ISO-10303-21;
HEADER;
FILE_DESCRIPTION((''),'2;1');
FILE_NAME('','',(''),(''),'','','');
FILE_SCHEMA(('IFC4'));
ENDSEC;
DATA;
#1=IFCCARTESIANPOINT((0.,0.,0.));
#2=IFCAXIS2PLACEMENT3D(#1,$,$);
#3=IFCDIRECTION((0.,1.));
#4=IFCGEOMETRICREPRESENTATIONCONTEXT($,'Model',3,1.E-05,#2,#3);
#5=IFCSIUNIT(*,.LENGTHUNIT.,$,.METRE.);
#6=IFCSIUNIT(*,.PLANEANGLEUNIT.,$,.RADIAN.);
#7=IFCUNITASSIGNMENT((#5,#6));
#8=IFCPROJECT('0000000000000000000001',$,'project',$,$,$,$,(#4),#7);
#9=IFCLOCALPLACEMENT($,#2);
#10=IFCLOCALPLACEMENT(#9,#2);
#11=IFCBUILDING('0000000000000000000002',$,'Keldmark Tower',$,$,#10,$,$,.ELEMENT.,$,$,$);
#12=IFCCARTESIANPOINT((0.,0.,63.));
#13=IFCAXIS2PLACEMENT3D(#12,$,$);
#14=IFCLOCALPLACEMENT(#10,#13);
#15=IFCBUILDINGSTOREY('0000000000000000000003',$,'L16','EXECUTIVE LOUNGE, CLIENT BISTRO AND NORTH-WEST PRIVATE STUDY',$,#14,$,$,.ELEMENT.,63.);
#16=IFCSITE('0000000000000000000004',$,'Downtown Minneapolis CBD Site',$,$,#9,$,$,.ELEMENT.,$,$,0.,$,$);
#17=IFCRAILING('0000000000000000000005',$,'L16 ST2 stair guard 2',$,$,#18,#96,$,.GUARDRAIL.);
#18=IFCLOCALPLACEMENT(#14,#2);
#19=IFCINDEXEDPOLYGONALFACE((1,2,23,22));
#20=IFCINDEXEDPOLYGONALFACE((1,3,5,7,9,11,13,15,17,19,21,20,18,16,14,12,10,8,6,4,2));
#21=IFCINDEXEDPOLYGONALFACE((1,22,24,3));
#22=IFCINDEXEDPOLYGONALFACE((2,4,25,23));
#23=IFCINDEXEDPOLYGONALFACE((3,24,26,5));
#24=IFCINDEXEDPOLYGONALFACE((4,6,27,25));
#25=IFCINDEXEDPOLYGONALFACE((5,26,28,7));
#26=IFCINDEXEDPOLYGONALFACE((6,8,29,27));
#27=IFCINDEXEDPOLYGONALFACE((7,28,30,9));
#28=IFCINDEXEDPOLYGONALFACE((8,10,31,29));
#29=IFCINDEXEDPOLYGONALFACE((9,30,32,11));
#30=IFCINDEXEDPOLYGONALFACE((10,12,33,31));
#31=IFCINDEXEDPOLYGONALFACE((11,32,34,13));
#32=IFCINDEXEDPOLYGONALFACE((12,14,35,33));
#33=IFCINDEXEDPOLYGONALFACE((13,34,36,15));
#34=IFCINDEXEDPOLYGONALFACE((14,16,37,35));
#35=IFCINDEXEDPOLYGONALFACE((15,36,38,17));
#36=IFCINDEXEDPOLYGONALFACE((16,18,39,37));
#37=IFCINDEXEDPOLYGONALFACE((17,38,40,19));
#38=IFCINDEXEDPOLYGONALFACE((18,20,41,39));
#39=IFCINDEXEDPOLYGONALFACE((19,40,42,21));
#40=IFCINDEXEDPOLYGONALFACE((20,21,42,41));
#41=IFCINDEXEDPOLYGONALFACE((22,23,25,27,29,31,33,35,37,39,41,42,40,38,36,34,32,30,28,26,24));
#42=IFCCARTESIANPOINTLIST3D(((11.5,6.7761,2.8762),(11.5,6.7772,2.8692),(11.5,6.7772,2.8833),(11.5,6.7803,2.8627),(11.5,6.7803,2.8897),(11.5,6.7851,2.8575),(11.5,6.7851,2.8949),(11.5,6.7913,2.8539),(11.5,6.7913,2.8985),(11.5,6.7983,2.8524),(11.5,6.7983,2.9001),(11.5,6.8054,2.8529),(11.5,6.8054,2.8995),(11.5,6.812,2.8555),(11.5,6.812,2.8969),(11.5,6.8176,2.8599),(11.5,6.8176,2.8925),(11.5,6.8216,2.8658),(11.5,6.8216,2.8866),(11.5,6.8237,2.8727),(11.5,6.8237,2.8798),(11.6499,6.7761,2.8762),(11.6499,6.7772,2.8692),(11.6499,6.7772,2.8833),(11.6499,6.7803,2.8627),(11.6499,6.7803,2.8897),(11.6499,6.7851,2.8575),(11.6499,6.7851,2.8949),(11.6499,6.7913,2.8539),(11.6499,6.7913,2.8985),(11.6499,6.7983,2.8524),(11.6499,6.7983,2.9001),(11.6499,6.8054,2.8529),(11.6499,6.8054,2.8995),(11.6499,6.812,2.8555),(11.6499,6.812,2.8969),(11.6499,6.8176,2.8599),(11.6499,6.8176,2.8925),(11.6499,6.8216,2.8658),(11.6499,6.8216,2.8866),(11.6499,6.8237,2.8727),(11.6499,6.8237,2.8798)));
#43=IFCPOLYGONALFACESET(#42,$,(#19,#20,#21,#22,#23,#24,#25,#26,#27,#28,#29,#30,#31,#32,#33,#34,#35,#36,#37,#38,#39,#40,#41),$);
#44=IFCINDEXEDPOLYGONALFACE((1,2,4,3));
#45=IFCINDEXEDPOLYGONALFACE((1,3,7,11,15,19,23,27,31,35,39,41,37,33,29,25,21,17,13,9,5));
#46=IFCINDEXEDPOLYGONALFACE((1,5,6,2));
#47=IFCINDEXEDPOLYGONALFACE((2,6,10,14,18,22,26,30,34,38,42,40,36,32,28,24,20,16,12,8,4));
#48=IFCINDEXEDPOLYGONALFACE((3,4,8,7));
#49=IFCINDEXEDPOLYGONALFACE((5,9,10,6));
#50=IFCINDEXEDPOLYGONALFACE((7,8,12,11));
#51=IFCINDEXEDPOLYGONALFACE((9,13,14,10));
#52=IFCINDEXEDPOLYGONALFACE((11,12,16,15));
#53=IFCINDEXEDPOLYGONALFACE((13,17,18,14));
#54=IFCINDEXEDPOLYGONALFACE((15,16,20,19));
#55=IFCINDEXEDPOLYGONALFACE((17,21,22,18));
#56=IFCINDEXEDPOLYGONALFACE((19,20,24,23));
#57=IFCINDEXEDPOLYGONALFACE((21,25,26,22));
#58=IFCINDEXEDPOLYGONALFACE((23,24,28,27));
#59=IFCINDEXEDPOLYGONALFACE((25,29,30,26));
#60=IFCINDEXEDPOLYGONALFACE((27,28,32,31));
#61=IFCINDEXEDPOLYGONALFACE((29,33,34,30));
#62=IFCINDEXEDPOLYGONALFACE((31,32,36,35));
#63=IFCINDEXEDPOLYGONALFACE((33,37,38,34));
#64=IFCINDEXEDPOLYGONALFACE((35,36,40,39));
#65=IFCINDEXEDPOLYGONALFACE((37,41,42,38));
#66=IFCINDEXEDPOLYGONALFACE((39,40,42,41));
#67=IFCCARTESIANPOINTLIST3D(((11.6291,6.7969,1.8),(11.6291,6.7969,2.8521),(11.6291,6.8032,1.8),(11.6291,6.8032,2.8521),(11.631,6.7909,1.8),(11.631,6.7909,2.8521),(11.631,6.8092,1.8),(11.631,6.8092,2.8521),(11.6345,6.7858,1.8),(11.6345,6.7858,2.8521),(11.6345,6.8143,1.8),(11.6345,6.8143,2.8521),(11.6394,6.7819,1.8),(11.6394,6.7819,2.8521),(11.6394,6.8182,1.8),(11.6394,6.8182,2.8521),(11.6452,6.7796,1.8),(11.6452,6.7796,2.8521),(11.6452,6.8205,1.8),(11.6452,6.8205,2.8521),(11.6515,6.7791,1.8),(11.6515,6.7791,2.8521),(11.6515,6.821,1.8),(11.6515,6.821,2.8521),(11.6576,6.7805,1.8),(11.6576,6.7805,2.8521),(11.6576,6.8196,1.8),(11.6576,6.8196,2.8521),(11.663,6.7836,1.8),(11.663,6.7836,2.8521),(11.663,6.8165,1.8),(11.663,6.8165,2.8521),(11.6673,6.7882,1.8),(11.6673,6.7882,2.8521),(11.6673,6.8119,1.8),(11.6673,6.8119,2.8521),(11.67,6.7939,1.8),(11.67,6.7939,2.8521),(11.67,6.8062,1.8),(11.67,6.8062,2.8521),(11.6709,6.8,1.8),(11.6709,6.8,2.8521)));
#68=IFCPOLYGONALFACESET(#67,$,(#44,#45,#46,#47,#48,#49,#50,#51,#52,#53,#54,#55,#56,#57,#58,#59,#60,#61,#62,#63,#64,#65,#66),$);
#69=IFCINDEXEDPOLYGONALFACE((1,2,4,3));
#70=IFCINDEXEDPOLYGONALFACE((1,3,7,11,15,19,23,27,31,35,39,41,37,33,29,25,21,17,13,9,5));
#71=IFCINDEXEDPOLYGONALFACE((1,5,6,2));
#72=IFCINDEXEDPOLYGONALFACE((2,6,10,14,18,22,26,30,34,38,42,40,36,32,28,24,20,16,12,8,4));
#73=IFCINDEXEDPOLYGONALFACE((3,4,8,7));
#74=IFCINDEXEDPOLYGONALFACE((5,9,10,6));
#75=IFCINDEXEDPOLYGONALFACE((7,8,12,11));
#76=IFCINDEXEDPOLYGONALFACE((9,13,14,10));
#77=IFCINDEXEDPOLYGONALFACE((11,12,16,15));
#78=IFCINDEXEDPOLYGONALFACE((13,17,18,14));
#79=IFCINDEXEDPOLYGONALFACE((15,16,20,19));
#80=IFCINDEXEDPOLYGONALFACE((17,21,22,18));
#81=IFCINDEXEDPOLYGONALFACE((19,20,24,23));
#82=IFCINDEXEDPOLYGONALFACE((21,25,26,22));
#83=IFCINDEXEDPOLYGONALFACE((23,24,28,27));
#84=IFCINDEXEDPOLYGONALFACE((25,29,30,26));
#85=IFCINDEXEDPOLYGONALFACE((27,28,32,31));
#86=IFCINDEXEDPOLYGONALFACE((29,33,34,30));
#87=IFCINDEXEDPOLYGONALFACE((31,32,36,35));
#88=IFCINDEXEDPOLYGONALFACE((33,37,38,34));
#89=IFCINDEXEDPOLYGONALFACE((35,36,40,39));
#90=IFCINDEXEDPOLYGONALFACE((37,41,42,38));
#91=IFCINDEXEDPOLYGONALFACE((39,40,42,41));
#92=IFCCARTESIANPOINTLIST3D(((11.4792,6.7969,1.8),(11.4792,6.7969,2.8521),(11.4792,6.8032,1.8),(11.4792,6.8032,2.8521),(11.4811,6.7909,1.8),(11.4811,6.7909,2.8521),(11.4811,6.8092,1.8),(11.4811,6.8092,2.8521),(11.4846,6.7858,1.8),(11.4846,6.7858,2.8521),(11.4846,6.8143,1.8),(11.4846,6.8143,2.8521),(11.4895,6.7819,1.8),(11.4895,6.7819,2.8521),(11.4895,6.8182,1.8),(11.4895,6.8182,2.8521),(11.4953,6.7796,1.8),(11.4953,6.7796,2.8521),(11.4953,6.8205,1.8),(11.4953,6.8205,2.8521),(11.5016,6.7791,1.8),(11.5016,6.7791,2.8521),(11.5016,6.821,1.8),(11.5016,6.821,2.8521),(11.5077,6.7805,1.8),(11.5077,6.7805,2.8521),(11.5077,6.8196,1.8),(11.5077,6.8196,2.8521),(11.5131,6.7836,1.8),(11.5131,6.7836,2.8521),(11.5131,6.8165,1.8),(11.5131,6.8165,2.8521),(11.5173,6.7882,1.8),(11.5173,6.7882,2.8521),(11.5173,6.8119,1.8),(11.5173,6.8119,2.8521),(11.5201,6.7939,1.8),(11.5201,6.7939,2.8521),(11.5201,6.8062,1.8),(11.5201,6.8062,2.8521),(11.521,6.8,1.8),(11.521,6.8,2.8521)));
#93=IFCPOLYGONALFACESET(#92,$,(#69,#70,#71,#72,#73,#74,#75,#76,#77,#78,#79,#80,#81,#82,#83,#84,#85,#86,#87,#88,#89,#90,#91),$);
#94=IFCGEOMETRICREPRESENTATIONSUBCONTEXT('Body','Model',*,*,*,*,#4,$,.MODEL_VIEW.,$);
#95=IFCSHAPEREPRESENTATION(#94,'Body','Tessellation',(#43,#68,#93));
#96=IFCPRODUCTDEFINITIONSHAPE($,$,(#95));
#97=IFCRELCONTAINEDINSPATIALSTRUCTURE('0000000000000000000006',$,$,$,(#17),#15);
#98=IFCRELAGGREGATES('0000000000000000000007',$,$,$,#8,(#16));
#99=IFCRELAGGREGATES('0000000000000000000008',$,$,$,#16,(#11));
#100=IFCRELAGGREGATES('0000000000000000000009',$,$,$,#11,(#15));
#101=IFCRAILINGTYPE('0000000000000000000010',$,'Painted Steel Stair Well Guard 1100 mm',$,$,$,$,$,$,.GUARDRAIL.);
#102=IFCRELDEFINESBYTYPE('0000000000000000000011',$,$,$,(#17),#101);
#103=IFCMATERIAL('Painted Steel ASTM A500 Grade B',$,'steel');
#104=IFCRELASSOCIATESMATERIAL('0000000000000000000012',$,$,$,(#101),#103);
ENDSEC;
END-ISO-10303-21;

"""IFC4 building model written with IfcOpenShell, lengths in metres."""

from ifc_helpers import new_model, si_unit, direction, frame, origin, origin_2d, place, context, subcontext, project, spatial, circle, extrude, material, type_object, element, save


model = new_model("IFC4")

# Units and contexts
model_context = context("Model", 3, precision=1e-05, world=origin(), true_north=direction((0.0, 1.0)))
body_context = subcontext(model_context, "Body", "Model", "MODEL_VIEW")
ifc_project = project(units=[si_unit("LENGTHUNIT", "METRE"), si_unit("PLANEANGLEUNIT", "RADIAN")], contexts=[model_context])

# Site, building, storey
site_placement = place(None, origin())
site = spatial("IfcSite", under=ifc_project, at=site_placement, Name="Downtown Minneapolis CBD Site", CompositionType="ELEMENT", RefElevation=0.0)
building_placement = place(site_placement, origin())
building = spatial("IfcBuilding", under=site, at=building_placement, Name="Keldmark Tower", CompositionType="ELEMENT")
storey_placement = place(building_placement, frame((0.0, 0.0, 63.0)))
storey = spatial("IfcBuildingStorey", under=building, at=storey_placement, Name="L16", Description="EXECUTIVE LOUNGE, CLIENT BISTRO AND NORTH-WEST PRIVATE STUDY", CompositionType="ELEMENT", Elevation=63.0)

# Railing
ifc_material_1 = material(Name="Painted Steel ASTM A500 Grade B", Category="steel")
railing_type_1 = type_object("IfcRailingType", Name="Painted Steel Stair Well Guard 1100 mm", PredefinedType="GUARDRAIL", material=ifc_material_1)
railing_1_placement = place(storey_placement, frame((11.6499, 6.8, 1.8)))
element("IfcRailing", 1, at=railing_1_placement, inside=storey, type_object=railing_type_1, Name="L16 ST2 stair guard 2", PredefinedType="GUARDRAIL", context=body_context, shape_type="SweptSolid", body=[
    extrude(circle(Radius=0.0239, at=origin_2d()), frame((0.0, 0.0, 1.0762), z_axis=(-1.0, 0.0, 0.0), x_axis=(0.0, -1.0, 0.0)), (0.0, 0.0, 1.0), 0.1499),
    extrude(circle(Radius=0.021, at=origin_2d()), origin(), (0.0, 0.0, 1.0), 1.052),
    extrude(circle(Radius=0.021, at=origin_2d()), frame((-0.1499, 0.0, 0.0)), (0.0, 0.0, 1.0), 1.052),
])

save(model, "model.ifc")
